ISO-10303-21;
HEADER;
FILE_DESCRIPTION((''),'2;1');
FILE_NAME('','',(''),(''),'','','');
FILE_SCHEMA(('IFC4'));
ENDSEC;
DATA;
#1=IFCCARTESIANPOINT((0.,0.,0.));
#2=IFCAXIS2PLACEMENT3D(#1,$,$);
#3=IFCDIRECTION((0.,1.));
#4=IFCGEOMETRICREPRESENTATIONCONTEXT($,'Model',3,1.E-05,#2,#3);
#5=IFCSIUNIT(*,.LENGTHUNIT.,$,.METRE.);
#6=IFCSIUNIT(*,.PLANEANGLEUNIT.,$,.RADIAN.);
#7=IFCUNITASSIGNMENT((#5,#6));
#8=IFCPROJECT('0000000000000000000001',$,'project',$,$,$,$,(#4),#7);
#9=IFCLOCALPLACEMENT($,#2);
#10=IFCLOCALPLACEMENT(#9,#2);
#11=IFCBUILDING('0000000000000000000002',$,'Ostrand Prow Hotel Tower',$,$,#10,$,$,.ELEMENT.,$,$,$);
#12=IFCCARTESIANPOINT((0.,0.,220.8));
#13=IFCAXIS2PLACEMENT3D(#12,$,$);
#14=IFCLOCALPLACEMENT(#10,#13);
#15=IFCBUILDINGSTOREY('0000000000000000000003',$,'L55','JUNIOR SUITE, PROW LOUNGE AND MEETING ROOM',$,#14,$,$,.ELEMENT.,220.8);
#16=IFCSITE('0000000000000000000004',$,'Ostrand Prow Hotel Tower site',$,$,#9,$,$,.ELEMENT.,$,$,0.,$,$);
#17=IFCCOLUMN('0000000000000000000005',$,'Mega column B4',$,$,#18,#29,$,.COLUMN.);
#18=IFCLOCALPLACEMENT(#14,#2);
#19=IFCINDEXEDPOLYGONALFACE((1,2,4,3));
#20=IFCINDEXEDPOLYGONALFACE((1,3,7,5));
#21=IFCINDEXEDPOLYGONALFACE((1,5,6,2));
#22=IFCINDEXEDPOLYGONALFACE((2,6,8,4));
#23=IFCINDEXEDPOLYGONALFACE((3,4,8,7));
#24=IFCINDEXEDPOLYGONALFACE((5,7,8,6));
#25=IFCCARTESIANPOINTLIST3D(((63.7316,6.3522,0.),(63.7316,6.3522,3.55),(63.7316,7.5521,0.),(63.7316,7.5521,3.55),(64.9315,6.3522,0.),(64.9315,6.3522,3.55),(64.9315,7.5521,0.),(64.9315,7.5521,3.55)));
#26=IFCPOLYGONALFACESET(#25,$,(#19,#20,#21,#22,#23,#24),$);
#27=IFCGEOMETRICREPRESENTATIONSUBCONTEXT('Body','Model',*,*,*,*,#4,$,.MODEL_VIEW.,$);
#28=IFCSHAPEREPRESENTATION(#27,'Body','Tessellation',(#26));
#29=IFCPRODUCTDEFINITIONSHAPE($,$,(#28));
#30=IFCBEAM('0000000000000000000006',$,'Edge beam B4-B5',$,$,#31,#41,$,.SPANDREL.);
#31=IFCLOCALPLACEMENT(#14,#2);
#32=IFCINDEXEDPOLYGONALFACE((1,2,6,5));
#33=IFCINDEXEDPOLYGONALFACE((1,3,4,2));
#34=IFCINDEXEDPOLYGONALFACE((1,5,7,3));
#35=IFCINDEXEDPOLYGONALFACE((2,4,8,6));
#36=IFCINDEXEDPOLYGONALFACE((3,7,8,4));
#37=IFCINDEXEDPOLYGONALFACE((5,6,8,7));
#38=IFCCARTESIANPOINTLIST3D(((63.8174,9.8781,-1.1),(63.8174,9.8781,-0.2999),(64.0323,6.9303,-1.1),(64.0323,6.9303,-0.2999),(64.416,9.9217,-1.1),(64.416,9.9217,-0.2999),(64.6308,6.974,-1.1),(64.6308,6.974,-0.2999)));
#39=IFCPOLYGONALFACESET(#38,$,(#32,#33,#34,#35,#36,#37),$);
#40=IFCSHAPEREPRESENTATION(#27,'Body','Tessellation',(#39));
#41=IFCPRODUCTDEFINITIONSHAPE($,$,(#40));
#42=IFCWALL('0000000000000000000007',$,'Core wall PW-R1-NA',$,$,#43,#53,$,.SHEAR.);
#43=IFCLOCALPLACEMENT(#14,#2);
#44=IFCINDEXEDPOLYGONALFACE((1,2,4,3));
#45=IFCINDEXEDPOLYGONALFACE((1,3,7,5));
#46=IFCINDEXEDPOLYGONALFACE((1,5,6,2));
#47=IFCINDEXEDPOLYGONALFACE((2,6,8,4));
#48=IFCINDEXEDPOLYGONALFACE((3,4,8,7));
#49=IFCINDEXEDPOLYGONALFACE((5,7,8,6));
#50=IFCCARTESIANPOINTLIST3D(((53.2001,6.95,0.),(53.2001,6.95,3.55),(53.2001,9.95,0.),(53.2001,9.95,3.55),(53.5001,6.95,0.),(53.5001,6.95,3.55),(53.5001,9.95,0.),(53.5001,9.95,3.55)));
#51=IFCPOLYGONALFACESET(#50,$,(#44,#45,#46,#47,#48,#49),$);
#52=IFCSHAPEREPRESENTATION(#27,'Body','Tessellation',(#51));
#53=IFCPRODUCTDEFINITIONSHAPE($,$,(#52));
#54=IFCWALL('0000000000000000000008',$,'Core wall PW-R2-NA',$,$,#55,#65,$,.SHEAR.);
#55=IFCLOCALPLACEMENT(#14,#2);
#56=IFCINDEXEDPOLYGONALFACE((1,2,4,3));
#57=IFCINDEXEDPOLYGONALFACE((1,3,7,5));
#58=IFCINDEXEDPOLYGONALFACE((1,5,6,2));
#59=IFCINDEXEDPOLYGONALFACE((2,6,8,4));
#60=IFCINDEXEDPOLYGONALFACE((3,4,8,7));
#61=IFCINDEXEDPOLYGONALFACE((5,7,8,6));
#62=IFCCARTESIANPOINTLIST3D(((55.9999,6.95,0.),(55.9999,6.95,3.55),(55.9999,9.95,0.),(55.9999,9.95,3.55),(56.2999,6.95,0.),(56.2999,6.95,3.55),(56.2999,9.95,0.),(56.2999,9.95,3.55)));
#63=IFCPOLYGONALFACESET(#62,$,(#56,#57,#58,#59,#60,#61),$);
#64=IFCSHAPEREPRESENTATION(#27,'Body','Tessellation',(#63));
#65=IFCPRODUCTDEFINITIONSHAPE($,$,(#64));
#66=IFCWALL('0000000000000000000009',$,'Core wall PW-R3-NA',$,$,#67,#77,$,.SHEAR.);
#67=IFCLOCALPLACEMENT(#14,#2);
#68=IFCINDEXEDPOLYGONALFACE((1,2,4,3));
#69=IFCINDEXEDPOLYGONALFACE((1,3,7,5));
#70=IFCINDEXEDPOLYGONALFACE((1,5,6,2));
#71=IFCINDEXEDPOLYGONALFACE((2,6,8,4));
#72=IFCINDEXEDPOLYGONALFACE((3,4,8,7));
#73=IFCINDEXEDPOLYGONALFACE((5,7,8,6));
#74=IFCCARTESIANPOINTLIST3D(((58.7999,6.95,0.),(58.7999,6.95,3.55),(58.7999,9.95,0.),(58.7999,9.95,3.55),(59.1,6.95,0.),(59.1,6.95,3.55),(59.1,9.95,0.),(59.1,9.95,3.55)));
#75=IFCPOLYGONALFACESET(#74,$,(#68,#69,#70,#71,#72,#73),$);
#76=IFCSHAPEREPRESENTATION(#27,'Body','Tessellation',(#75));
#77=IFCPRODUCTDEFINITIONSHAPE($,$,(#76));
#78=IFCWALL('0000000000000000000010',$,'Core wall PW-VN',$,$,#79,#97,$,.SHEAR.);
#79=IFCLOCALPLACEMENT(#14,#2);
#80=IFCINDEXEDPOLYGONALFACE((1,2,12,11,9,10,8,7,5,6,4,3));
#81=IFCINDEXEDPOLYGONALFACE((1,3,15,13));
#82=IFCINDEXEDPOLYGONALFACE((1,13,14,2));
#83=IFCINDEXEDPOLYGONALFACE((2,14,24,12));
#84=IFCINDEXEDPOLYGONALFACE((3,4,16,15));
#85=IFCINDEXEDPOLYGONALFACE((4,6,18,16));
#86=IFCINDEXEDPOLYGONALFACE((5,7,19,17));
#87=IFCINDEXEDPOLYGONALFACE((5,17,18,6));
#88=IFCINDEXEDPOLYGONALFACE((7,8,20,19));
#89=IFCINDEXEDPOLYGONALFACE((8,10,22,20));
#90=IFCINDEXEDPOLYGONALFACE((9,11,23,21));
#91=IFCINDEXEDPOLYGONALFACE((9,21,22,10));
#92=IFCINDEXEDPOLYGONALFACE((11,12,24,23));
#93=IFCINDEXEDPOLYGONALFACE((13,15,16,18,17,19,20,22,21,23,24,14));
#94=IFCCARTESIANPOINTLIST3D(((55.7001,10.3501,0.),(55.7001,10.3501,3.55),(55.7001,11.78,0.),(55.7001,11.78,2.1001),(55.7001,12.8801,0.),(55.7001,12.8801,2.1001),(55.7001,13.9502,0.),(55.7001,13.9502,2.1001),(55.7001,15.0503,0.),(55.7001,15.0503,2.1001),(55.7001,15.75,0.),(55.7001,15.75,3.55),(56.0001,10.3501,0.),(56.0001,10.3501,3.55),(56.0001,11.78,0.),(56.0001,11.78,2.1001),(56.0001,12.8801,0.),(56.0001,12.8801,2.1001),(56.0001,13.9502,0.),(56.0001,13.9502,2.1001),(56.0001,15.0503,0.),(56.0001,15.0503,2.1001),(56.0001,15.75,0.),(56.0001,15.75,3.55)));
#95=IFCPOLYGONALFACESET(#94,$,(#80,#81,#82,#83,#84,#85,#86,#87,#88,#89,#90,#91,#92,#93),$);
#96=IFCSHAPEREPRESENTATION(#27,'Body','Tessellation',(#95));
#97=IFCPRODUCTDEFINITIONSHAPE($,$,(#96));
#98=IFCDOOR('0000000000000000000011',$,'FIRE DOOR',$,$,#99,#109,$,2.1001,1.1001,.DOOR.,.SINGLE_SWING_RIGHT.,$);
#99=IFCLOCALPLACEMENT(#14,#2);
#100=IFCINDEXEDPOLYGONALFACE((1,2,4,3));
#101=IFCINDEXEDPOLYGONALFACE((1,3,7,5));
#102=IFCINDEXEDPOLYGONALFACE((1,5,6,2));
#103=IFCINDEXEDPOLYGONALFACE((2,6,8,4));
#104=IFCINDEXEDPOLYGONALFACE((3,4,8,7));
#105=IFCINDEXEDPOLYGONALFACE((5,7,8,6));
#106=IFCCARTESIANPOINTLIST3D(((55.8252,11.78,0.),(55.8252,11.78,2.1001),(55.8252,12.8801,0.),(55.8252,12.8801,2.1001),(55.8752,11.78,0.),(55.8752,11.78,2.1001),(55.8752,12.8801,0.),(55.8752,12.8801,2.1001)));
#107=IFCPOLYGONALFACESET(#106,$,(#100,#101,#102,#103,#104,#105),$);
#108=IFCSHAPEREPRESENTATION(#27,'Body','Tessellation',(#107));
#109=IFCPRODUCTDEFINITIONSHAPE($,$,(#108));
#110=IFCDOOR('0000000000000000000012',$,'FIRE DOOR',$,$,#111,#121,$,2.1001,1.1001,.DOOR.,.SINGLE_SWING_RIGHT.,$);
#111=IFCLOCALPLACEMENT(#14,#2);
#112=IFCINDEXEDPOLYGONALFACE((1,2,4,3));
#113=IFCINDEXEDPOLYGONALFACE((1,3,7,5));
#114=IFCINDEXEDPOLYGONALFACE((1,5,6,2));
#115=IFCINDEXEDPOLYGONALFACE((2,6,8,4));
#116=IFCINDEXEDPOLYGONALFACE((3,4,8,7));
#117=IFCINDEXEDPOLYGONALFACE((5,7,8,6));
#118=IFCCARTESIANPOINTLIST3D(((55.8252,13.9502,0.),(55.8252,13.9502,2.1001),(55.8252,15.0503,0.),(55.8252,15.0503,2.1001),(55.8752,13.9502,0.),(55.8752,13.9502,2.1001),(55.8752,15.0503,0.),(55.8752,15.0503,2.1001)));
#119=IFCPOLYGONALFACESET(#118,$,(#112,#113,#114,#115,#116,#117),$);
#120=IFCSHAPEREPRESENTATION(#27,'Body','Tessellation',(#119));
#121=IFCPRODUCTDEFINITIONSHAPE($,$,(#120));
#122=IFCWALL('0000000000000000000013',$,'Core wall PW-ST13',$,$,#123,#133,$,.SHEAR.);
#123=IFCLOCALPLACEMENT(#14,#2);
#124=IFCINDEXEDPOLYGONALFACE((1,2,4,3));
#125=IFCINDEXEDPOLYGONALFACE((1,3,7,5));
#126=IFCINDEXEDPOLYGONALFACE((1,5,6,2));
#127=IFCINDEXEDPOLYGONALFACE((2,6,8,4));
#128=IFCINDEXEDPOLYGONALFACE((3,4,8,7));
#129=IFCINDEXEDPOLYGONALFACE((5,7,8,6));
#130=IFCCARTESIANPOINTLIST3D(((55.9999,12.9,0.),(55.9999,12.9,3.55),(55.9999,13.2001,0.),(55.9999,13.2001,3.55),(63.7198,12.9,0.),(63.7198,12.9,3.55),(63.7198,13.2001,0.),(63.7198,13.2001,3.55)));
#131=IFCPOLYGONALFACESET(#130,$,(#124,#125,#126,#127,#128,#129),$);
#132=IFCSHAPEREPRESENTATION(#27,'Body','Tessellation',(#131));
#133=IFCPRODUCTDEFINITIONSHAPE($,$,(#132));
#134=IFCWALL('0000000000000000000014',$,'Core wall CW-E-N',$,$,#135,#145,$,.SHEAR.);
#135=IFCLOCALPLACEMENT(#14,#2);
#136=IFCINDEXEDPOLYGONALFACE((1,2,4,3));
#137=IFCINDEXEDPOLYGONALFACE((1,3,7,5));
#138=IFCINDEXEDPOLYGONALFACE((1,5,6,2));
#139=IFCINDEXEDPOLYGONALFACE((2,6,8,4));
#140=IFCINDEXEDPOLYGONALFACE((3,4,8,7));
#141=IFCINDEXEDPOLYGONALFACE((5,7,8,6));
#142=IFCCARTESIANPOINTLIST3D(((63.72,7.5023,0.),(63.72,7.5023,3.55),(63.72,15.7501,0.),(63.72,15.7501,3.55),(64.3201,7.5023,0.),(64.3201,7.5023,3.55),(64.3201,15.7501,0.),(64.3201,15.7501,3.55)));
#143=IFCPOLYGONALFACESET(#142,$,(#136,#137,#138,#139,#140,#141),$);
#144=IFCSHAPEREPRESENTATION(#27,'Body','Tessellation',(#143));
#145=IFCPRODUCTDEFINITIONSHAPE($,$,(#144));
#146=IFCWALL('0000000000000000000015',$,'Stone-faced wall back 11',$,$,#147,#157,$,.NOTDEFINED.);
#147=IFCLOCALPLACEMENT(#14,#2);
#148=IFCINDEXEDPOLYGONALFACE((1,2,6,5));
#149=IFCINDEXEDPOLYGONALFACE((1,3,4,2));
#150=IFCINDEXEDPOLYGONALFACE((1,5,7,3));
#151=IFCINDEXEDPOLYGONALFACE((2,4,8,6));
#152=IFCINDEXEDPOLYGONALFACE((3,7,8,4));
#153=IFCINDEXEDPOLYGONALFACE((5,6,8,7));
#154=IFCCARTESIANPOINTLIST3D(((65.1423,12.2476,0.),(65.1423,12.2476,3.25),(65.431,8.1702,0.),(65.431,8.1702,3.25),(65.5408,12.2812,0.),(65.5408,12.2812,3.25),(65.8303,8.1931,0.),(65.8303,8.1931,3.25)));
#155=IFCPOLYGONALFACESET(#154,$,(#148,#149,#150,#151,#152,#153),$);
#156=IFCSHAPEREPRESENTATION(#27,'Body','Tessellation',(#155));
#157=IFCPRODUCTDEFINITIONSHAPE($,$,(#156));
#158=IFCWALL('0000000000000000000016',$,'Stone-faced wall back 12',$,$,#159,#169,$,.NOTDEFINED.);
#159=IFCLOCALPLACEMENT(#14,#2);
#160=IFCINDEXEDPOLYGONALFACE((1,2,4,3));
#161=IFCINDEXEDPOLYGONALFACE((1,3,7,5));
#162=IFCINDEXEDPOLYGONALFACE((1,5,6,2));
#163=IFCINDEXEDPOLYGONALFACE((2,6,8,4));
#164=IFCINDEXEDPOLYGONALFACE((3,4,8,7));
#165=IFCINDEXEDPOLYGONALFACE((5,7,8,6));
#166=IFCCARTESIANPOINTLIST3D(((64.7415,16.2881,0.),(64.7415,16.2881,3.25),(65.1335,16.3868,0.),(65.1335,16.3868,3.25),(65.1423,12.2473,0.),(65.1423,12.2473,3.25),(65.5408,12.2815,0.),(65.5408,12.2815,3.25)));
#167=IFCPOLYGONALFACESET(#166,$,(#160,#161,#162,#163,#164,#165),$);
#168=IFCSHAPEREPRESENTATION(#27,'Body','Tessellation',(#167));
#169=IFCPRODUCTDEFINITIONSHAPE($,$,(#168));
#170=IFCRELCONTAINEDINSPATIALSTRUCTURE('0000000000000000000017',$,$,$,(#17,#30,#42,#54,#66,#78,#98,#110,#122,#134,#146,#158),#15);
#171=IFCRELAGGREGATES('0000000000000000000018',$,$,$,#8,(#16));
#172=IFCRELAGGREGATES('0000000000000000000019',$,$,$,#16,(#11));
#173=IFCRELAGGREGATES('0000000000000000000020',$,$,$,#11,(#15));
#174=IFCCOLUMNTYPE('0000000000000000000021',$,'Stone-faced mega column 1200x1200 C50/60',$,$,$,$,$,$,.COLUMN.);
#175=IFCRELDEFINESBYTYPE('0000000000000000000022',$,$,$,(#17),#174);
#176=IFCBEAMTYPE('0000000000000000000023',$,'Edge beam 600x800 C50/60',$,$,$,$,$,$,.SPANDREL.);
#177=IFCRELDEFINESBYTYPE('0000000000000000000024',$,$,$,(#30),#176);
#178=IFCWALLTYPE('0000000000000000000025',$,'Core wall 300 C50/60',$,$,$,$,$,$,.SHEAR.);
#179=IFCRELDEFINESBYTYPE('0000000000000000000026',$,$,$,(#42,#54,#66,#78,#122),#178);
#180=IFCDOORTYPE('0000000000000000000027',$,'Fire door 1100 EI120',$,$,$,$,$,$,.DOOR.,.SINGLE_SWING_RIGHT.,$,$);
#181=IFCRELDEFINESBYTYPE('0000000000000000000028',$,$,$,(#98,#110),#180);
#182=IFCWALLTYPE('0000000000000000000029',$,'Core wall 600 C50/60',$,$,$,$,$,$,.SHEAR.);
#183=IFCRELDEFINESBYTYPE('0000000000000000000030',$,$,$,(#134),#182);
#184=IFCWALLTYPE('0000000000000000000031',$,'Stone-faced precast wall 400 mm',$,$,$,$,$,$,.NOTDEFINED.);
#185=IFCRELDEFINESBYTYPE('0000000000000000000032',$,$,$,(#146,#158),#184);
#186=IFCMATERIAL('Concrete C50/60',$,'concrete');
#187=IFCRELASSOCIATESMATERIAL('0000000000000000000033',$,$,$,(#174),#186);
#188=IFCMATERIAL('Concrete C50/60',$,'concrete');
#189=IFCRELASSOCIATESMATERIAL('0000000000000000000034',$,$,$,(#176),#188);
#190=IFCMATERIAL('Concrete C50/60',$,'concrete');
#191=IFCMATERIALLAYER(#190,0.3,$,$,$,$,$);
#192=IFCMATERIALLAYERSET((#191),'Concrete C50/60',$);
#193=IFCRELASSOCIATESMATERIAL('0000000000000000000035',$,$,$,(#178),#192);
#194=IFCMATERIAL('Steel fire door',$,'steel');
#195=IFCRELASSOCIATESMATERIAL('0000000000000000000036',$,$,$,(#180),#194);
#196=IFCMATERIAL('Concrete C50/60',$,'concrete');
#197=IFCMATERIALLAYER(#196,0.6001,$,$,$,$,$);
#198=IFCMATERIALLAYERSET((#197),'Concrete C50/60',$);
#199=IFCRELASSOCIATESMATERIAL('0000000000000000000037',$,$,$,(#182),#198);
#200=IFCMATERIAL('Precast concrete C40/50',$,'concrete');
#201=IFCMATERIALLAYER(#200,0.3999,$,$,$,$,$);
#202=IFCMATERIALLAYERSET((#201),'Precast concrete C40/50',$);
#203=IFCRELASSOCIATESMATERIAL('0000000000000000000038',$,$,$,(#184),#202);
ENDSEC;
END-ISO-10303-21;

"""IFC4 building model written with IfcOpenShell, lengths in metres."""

from ifc_helpers import new_model, si_unit, direction, frame, frame_2d, origin, origin_2d, place, context, subcontext, project, spatial, polyline, rectangle, outline, extrude, material, layer, layer_set, material_profile, profile_set, type_object, element, fill, save


model = new_model("IFC4")

# Units and contexts
model_context = context("Model", 3, precision=1e-05, world=origin(), true_north=direction((0.0, 1.0)))
body_context = subcontext(model_context, "Body", "Model", "MODEL_VIEW")
ifc_project = project(units=[si_unit("LENGTHUNIT", "METRE"), si_unit("PLANEANGLEUNIT", "RADIAN")], contexts=[model_context])

# Site, building, storey
site_placement = place(None, origin())
site = spatial("IfcSite", under=ifc_project, at=site_placement, Name="Ostrand Prow Hotel Tower site", CompositionType="ELEMENT", RefElevation=0.0)
building_placement = place(site_placement, origin())
building = spatial("IfcBuilding", under=site, at=building_placement, Name="Ostrand Prow Hotel Tower", CompositionType="ELEMENT")
storey_placement = place(building_placement, frame((0.0, 0.0, 220.8)))
storey = spatial("IfcBuildingStorey", under=building, at=storey_placement, Name="L55", Description="JUNIOR SUITE, PROW LOUNGE AND MEETING ROOM", CompositionType="ELEMENT", Elevation=220.8)

# Column
ifc_material_1 = material(Name="Concrete C50/60", Category="concrete")
ifc_material_profile_1 = material_profile(ifc_material_1, rectangle(XDim=1.2, YDim=1.2, at=origin_2d()), Name="RC 1200x1200")
ifc_profile_set_1 = profile_set([ifc_material_profile_1], Name="Concrete C50/60")
column_type = type_object("IfcColumnType", Name="Stone-faced mega column 1200x1200 C50/60", PredefinedType="COLUMN", material=ifc_profile_set_1)
column_placement = place(storey_placement, frame((64.3315, 6.9521, 0.0), z_axis=(0.0, 0.0, 1.0), x_axis=(1.0, 0.0, 0.0)))
element("IfcColumn", 1, at=column_placement, inside=storey, type_object=column_type, Name="Mega column B4", PredefinedType="COLUMN", context=body_context, shape_type="SweptSolid", body=[
    extrude(rectangle(XDim=1.2, YDim=1.2, at=origin_2d()), origin(), (0.0, 0.0, 1.0), 3.55),
])

# Beam
ifc_material_2 = material(Name="Concrete C50/60", Category="concrete")
ifc_material_profile_2 = material_profile(ifc_material_2, rectangle(XDim=0.6001, YDim=0.8, at=origin_2d()), Name="RC 600x800")
ifc_profile_set_2 = profile_set([ifc_material_profile_2], Name="Concrete C50/60")
beam_type = type_object("IfcBeamType", Name="Edge beam 600x800 C50/60", PredefinedType="SPANDREL", material=ifc_profile_set_2)
beam_placement = place(storey_placement, frame((64.3315, 6.9521, -0.7), z_axis=(-0.072691, 0.997355, 0.0), x_axis=(-0.997355, -0.072691, 0.0)))
element("IfcBeam", 2, at=beam_placement, inside=storey, type_object=beam_type, Name="Edge beam B4-B5", PredefinedType="SPANDREL", context=body_context, shape_type="SweptSolid", body=[
    extrude(rectangle(XDim=0.6001, YDim=0.8, at=origin_2d()), origin(), (0.0, 0.0, 1.0), 2.9556),
])

# Walls
ifc_material_3 = material(Name="Concrete C50/60", Category="concrete")
ifc_layer_1 = layer(ifc_material_3, 0.3)
ifc_layer_set_1 = layer_set([ifc_layer_1], Name="Concrete C50/60")
wall_type_1 = type_object("IfcWallType", Name="Core wall 300 C50/60", PredefinedType="SHEAR", material=ifc_layer_set_1)
for number, where, z_axis, x_axis, name in (
    (3, (53.3501, 6.95, 0.0), (0.0, 0.0, 1.0), (0.0, 1.0, 0.0), "Core wall PW-R1-NA"),
    (4, (56.1499, 6.95, 0.0), (0.0, 0.0, 1.0), (0.0, 1.0, 0.0), "Core wall PW-R2-NA"),
    (5, (58.95, 6.95, 0.0), (0.0, 0.0, 1.0), (0.0, 1.0, 0.0), "Core wall PW-R3-NA"),
):
    element("IfcWall", number, at=place(storey_placement, frame(where, z_axis=z_axis, x_axis=x_axis)), inside=storey, type_object=wall_type_1, Name=name, PredefinedType="SHEAR", context=body_context, shape_type="SweptSolid", body=[
        extrude(rectangle(XDim=3.0, YDim=0.3, at=frame_2d((1.5, 0.0))), origin(), (0.0, 0.0, 1.0), 3.55),
    ])

# Wall, openings, doors
wall_1_placement = place(storey_placement, frame((55.8501, 10.3501, 0.0), z_axis=(0.0, 0.0, 1.0), x_axis=(0.0, 1.0, 0.0)))
wall_1 = element("IfcWall", 6, at=wall_1_placement, inside=storey, type_object=wall_type_1, Name="Core wall PW-VN", PredefinedType="SHEAR", context=body_context, shape_type="SweptSolid", body=[
    extrude(rectangle(XDim=5.3999, YDim=0.3, at=frame_2d((2.7, 0.0))), origin(), (0.0, 0.0, 1.0), 3.55),
])
opening_1_placement = place(wall_1_placement, frame((1.4299, 0.0, 0.0)))
opening_1 = element("IfcOpeningElement", 7, at=opening_1_placement, cuts=wall_1, PredefinedType="OPENING", context=body_context, shape_type="SweptSolid", body=[
    extrude(rectangle(XDim=1.1001, YDim=2.1001, at=frame_2d((0.55, 1.05))), frame((0.0, 0.1599, 0.0), z_axis=(0.0, -1.0, 0.0), x_axis=(1.0, 0.0, 0.0)), (0.0, 0.0, 1.0), 0.3201),
])
opening_2_placement = place(wall_1_placement, frame((3.6001, 0.0, 0.0)))
opening_2 = element("IfcOpeningElement", 8, at=opening_2_placement, cuts=wall_1, PredefinedType="OPENING", context=body_context, shape_type="SweptSolid", body=[
    extrude(rectangle(XDim=1.1001, YDim=2.1001, at=frame_2d((0.55, 1.05))), frame((0.0, 0.1599, 0.0), z_axis=(0.0, -1.0, 0.0), x_axis=(1.0, 0.0, 0.0)), (0.0, 0.0, 1.0), 0.3201),
])
ifc_material_4 = material(Name="Steel fire door", Category="steel")
door_type = type_object("IfcDoorType", Name="Fire door 1100 EI120", OperationType="SINGLE_SWING_RIGHT", PredefinedType="DOOR", material=ifc_material_4)
door_1_placement = place(opening_1_placement, origin())
door_1 = element("IfcDoor", 9, at=door_1_placement, inside=storey, type_object=door_type, Name="FIRE DOOR", OperationType="SINGLE_SWING_RIGHT", OverallHeight=2.1001, OverallWidth=1.1001, PredefinedType="DOOR", context=body_context, shape_type="SweptSolid", body=[
    extrude(rectangle(XDim=1.1001, YDim=2.1001, at=frame_2d((0.55, 1.05))), frame((0.0, 0.0249, 0.0), z_axis=(0.0, -1.0, 0.0), x_axis=(1.0, 0.0, 0.0)), (0.0, 0.0, 1.0), 0.05),
])
fill(opening_1, door_1)
door_2_placement = place(opening_2_placement, origin())
door_2 = element("IfcDoor", 10, at=door_2_placement, inside=storey, type_object=door_type, Name="FIRE DOOR", OperationType="SINGLE_SWING_RIGHT", OverallHeight=2.1001, OverallWidth=1.1001, PredefinedType="DOOR", context=body_context, shape_type="SweptSolid", body=[
    extrude(rectangle(XDim=1.1001, YDim=2.1001, at=frame_2d((0.55, 1.05))), frame((0.0, 0.0249, 0.0), z_axis=(0.0, -1.0, 0.0), x_axis=(1.0, 0.0, 0.0)), (0.0, 0.0, 1.0), 0.05),
])
fill(opening_2, door_2)

# Walls
wall_2_placement = place(storey_placement, frame((56.0, 13.05, 0.0), z_axis=(0.0, 0.0, 1.0), x_axis=(1.0, 0.0, 0.0)))
element("IfcWall", 11, at=wall_2_placement, inside=storey, type_object=wall_type_1, Name="Core wall PW-ST13", PredefinedType="SHEAR", context=body_context, shape_type="SweptSolid", body=[
    extrude(rectangle(XDim=7.72, YDim=0.3, at=frame_2d((3.8599, 0.0))), origin(), (0.0, 0.0, 1.0), 3.55),
])
ifc_material_5 = material(Name="Concrete C50/60", Category="concrete")
ifc_layer_2 = layer(ifc_material_5, 0.6001)
ifc_layer_set_2 = layer_set([ifc_layer_2], Name="Concrete C50/60")
wall_type_2 = type_object("IfcWallType", Name="Core wall 600 C50/60", PredefinedType="SHEAR", material=ifc_layer_set_2)
wall_3_placement = place(storey_placement, frame((64.02, 7.5022, 0.0), z_axis=(0.0, 0.0, 1.0), x_axis=(0.0, 1.0, 0.0)))
element("IfcWall", 12, at=wall_3_placement, inside=storey, type_object=wall_type_2, Name="Core wall CW-E-N", PredefinedType="SHEAR", context=body_context, shape_type="SweptSolid", body=[
    extrude(rectangle(XDim=8.2478, YDim=0.6001, at=frame_2d((4.124, 0.0))), origin(), (0.0, 0.0, 1.0), 3.55),
])
ifc_material_6 = material(Name="Precast concrete C40/50", Category="concrete")
ifc_layer_3 = layer(ifc_material_6, 0.3999)
ifc_layer_set_3 = layer_set([ifc_layer_3], Name="Precast concrete C40/50")
wall_type_3 = type_object("IfcWallType", Name="Stone-faced precast wall 400 mm", PredefinedType="NOTDEFINED", material=ifc_layer_set_3)
wall_4_placement = place(storey_placement, frame((65.6306, 8.1816, 0.0), z_axis=(0.0, 0.0, 1.0), x_axis=(-0.070624, 0.997503, 0.0)))
element("IfcWall", 13, at=wall_4_placement, inside=storey, type_object=wall_type_3, Name="Stone-faced wall back 11", PredefinedType="NOTDEFINED", context=body_context, shape_type="SweptSolid", body=[
    extrude(outline(polyline([(-0.0027, -0.2), (4.0957, -0.2), (4.0903, 0.2), (0.0027, 0.2), (-0.0027, -0.2)])), origin(), (0.0, 0.0, 1.0), 3.25),
])
wall_5_placement = place(storey_placement, frame((65.3416, 12.2644, 0.0), z_axis=(0.0, 0.0, 1.0), x_axis=(-0.098718, 0.995115, 0.0)))
element("IfcWall", 14, at=wall_5_placement, inside=storey, type_object=wall_type_3, Name="Stone-faced wall back 12", PredefinedType="NOTDEFINED", context=body_context, shape_type="SweptSolid", body=[
    extrude(outline(polyline([(-0.0027, -0.2), (4.1228, -0.2), (4.0632, 0.2), (0.0027, 0.2), (-0.0027, -0.2)])), origin(), (0.0, 0.0, 1.0), 3.25),
])

save(model, "model.ifc")
